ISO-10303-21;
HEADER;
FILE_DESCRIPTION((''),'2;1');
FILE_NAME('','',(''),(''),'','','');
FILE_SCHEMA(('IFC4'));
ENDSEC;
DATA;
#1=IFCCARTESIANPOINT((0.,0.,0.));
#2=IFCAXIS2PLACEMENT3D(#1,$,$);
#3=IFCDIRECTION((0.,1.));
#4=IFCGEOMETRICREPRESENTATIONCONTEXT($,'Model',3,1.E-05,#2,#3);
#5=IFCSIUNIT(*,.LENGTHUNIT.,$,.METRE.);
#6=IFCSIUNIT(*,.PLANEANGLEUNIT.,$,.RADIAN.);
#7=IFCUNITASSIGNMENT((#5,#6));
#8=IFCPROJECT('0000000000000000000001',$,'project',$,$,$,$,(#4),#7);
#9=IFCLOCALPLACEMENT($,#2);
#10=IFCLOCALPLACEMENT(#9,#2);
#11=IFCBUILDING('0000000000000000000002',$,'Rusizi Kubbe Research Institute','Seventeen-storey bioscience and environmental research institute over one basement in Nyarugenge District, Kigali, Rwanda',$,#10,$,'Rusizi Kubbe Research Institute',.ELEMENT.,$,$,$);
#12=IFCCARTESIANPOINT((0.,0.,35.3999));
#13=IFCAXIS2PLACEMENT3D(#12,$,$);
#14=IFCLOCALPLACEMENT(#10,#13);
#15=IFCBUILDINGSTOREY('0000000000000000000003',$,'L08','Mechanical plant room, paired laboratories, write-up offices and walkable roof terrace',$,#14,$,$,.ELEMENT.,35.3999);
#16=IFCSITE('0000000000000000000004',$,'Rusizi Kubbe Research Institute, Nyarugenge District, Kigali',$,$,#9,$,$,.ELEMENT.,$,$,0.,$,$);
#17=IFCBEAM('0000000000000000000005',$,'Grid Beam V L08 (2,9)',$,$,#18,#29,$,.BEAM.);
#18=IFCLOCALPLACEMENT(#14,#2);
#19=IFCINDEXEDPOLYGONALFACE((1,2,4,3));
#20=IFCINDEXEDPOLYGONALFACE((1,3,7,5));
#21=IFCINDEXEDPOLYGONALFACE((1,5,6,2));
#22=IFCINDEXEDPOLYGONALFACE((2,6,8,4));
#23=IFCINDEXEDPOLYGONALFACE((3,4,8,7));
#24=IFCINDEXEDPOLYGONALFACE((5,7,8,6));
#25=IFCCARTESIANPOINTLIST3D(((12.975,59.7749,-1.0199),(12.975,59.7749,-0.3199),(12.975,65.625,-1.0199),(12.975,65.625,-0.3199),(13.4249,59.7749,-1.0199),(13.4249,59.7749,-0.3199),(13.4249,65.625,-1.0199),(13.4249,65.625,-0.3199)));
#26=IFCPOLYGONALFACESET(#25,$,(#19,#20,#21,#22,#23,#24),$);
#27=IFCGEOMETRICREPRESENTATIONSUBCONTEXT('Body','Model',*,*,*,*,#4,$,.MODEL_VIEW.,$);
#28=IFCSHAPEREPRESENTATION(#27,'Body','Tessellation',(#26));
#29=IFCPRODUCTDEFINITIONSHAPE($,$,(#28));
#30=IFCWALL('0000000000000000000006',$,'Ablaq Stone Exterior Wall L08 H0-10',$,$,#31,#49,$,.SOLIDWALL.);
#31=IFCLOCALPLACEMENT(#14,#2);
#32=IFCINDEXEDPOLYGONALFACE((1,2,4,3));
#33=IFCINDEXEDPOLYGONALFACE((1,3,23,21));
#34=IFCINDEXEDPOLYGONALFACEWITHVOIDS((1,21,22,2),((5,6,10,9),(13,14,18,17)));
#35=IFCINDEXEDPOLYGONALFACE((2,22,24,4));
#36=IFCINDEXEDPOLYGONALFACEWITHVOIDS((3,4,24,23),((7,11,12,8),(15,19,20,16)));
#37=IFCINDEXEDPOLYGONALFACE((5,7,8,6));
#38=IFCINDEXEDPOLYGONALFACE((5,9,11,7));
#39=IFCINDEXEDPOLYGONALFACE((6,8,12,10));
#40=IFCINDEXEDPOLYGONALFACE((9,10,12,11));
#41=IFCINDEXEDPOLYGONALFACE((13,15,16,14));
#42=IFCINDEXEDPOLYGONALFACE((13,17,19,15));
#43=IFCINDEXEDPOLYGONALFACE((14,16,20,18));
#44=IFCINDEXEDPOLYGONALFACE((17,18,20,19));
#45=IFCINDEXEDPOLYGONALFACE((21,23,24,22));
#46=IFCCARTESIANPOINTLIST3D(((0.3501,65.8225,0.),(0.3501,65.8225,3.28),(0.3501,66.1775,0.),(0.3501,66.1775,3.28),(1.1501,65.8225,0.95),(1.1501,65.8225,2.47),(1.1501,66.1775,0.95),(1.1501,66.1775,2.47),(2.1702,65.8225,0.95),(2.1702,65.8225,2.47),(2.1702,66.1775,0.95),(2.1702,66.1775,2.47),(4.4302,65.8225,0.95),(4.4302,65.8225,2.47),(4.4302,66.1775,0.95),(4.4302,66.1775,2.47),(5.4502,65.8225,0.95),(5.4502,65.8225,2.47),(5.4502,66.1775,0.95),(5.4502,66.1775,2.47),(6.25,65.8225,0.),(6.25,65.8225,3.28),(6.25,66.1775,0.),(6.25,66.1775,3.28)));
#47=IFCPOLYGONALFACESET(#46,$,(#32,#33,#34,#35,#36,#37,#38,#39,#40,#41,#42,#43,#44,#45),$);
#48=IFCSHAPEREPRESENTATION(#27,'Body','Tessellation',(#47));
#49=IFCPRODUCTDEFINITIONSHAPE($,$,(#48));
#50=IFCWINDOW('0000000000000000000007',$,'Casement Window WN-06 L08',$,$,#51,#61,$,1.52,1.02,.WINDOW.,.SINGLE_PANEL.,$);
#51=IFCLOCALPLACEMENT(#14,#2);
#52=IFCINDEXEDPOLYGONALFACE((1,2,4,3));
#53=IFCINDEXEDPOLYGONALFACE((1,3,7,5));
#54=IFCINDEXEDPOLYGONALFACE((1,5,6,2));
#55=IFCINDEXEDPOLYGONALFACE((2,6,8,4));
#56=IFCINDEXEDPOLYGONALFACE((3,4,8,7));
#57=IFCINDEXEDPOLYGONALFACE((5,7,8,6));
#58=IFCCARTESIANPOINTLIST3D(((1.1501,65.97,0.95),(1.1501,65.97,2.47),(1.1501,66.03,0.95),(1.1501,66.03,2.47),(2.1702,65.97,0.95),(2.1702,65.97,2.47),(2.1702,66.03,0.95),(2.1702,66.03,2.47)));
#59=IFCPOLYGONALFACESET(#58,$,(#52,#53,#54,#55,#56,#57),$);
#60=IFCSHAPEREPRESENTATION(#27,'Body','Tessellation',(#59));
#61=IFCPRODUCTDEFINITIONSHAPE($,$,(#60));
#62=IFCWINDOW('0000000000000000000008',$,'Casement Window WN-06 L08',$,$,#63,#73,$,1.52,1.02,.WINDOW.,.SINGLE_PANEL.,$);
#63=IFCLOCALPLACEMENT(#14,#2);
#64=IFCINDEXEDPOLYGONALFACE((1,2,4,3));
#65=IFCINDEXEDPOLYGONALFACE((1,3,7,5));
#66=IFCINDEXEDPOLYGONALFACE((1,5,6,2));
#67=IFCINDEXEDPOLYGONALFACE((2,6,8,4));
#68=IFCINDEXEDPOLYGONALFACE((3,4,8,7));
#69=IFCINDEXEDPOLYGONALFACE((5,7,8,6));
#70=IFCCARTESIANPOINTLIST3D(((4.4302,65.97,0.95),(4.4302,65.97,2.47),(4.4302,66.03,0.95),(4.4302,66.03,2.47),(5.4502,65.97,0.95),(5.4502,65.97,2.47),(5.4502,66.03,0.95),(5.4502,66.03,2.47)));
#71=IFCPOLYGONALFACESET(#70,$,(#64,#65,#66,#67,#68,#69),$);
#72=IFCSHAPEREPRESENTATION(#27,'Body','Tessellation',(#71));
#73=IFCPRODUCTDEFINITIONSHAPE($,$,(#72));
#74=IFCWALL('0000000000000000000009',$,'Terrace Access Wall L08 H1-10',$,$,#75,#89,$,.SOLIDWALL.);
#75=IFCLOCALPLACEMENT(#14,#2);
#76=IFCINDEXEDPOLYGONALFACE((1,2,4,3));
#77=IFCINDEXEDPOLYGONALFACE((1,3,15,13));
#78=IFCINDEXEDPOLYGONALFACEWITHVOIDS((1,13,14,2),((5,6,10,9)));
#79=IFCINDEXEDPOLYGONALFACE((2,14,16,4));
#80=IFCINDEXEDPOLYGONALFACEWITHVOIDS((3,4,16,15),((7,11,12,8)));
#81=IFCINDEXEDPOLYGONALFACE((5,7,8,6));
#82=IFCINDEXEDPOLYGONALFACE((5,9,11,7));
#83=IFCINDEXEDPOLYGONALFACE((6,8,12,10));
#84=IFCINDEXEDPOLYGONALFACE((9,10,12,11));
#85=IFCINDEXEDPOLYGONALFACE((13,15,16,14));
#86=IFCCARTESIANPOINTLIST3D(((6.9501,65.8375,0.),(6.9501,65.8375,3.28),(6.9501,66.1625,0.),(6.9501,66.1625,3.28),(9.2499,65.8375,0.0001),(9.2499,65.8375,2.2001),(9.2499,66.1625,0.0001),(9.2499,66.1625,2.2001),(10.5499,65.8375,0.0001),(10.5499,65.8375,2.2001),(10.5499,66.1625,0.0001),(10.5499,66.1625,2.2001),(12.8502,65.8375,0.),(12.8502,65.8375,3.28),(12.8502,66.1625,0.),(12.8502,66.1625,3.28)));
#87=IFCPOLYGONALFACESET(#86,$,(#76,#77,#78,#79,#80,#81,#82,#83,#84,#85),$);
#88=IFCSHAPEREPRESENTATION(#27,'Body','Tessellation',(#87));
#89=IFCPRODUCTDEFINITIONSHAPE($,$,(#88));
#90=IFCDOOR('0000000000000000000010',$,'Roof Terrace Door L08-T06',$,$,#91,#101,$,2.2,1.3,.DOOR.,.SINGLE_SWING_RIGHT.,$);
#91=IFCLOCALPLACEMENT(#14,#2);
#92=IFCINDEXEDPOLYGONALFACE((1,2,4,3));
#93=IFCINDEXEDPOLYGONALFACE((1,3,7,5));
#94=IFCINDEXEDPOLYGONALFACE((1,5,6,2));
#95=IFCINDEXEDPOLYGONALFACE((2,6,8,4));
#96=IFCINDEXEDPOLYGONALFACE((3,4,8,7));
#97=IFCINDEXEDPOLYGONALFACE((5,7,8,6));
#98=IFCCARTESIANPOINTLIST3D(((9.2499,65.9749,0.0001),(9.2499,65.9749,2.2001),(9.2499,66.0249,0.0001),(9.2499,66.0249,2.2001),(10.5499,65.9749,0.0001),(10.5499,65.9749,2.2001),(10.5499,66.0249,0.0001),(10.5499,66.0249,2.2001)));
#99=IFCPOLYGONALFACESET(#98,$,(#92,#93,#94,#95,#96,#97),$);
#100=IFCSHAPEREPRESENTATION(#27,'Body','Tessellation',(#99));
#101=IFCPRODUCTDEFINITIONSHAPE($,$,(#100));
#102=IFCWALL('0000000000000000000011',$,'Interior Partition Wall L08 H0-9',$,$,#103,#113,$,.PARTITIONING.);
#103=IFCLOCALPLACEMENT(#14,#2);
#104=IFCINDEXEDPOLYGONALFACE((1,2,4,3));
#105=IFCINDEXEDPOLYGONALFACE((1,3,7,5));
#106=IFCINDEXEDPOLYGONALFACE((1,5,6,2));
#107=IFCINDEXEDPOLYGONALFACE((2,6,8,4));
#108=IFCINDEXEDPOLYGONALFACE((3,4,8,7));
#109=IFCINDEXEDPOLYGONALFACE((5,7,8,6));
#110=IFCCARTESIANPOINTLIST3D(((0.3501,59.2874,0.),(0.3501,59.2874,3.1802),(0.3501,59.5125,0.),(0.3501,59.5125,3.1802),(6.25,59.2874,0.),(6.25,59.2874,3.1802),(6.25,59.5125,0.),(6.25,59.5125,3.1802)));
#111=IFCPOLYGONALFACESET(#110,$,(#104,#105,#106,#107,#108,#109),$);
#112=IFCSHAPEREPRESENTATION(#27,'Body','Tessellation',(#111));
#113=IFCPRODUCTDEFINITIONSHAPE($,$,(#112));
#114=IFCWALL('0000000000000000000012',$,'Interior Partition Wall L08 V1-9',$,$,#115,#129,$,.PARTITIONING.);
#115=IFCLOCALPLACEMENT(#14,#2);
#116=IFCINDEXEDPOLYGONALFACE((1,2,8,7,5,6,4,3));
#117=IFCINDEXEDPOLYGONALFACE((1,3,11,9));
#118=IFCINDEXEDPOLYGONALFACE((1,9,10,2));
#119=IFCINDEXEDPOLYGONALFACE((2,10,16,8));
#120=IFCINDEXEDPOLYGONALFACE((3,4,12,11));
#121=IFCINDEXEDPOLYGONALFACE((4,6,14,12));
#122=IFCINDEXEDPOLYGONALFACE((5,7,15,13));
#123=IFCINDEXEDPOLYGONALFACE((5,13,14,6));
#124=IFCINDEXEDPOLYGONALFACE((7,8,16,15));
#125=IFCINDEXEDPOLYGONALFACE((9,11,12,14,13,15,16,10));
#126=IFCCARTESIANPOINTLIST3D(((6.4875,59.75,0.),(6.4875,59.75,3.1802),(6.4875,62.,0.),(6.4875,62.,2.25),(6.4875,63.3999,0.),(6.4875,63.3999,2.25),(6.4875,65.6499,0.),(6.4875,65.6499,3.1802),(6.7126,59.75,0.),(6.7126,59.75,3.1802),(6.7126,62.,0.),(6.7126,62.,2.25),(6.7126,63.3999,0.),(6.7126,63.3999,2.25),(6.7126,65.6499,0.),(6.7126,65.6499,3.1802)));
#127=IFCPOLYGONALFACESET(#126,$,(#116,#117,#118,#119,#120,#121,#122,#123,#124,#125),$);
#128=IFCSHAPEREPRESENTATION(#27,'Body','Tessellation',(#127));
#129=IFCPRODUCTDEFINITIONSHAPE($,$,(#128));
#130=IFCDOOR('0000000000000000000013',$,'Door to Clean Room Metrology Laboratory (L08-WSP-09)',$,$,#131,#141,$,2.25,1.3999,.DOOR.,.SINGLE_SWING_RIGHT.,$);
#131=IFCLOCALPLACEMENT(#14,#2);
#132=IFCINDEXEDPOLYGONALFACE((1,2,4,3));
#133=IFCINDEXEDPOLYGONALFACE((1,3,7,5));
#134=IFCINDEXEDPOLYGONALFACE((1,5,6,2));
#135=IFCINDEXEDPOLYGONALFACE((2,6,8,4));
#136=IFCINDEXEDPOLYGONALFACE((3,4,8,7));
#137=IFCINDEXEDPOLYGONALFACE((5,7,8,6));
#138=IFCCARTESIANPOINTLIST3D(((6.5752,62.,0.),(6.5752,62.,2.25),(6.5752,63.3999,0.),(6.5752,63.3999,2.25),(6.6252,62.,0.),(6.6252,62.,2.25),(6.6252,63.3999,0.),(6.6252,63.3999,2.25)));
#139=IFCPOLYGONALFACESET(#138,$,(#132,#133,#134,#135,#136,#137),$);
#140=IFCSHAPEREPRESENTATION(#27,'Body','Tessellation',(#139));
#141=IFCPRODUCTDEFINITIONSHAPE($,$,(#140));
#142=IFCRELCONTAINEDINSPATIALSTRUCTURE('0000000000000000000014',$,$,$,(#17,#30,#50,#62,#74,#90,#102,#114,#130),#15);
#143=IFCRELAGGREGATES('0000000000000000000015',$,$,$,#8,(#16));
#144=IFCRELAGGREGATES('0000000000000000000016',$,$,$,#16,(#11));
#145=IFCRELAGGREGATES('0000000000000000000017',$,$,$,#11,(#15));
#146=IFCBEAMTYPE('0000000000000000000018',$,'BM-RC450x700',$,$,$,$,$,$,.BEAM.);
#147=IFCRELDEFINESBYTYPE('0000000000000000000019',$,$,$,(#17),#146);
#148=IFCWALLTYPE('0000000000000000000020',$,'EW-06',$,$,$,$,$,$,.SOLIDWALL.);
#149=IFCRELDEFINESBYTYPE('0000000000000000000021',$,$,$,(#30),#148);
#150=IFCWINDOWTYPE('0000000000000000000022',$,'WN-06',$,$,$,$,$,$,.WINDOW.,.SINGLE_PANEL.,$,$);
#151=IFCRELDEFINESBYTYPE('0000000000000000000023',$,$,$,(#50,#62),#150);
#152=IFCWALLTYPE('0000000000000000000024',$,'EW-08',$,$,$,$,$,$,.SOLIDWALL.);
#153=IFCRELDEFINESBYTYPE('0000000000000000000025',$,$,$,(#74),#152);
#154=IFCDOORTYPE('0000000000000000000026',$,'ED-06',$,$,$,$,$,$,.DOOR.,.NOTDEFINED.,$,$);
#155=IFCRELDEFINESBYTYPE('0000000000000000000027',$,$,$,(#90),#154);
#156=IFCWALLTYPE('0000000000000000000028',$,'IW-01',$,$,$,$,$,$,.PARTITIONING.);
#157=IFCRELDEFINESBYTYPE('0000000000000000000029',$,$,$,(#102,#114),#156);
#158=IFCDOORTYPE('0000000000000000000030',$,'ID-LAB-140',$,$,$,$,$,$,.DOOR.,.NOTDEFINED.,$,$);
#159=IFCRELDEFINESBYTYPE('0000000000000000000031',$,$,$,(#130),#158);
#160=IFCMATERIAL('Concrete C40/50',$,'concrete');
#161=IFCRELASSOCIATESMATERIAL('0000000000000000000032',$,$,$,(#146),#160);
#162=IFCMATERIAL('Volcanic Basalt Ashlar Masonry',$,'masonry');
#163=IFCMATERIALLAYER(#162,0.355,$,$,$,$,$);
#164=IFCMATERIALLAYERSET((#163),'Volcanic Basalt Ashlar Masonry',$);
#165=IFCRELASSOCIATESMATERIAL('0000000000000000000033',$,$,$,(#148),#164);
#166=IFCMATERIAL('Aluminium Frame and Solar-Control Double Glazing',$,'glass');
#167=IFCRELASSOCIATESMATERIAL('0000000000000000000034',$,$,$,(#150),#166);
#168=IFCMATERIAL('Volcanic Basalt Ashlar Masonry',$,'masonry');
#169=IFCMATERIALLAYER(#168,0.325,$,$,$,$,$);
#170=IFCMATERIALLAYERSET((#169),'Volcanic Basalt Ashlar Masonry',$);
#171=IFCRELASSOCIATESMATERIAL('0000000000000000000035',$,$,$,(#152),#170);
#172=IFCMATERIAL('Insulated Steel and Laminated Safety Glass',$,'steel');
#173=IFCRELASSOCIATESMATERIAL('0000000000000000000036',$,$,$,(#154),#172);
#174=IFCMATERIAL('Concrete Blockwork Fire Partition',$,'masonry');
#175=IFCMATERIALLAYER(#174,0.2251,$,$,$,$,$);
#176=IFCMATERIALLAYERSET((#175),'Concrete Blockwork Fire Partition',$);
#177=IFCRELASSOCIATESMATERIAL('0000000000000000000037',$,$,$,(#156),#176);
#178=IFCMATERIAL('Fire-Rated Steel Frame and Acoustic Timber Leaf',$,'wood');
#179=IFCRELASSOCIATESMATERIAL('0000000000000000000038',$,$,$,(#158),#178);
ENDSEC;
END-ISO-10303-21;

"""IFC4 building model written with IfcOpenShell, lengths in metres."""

from ifc_helpers import new_model, si_unit, direction, frame, frame_2d, origin, origin_2d, place, context, subcontext, project, spatial, rectangle, extrude, material, layer, layer_set, material_profile, profile_set, type_object, element, fill, save


model = new_model("IFC4")

# Units and contexts
model_context = context("Model", 3, precision=1e-05, world=origin(), true_north=direction((0.0, 1.0)))
body_context = subcontext(model_context, "Body", "Model", "MODEL_VIEW")
ifc_project = project(units=[si_unit("LENGTHUNIT", "METRE"), si_unit("PLANEANGLEUNIT", "RADIAN")], contexts=[model_context])

# Site, building, storey
site_placement = place(None, origin())
site = spatial("IfcSite", under=ifc_project, at=site_placement, Name="Rusizi Kubbe Research Institute, Nyarugenge District, Kigali", CompositionType="ELEMENT", RefElevation=0.0)
building_placement = place(site_placement, origin())
building = spatial("IfcBuilding", under=site, at=building_placement, Name="Rusizi Kubbe Research Institute", Description="Seventeen-storey bioscience and environmental research institute over one basement in Nyarugenge District, Kigali, Rwanda", LongName="Rusizi Kubbe Research Institute", CompositionType="ELEMENT")
storey_placement = place(building_placement, frame((0.0, 0.0, 35.3999)))
storey = spatial("IfcBuildingStorey", under=building, at=storey_placement, Name="L08", Description="Mechanical plant room, paired laboratories, write-up offices and walkable roof terrace", CompositionType="ELEMENT", Elevation=35.3999)

# Beam
ifc_material_1 = material(Name="Concrete C40/50", Category="concrete")
ifc_material_profile_1 = material_profile(ifc_material_1, rectangle(XDim=0.45, YDim=0.7, at=origin_2d()), Name="RC450x700B")
ifc_profile_set_1 = profile_set([ifc_material_profile_1], Name="Concrete C40/50")
beam_type_1 = type_object("IfcBeamType", Name="BM-RC450x700", PredefinedType="BEAM", material=ifc_profile_set_1)
beam_1_placement = place(storey_placement, frame((13.2, 59.7749, -0.6699), z_axis=(0.0, 1.0, 0.0), x_axis=(-1.0, 0.0, 0.0)))
element("IfcBeam", 1, at=beam_1_placement, inside=storey, type_object=beam_type_1, Name="Grid Beam V L08 (2,9)", PredefinedType="BEAM", context=body_context, shape_type="SweptSolid", body=[
    extrude(rectangle(XDim=0.45, YDim=0.7, at=origin_2d()), origin(), (0.0, 0.0, 1.0), 5.8501),
])

# Wall, openings, windows
ifc_material_2 = material(Name="Volcanic Basalt Ashlar Masonry", Category="masonry")
ifc_layer_1 = layer(ifc_material_2, 0.355)
ifc_layer_set_1 = layer_set([ifc_layer_1], Name="Volcanic Basalt Ashlar Masonry")
wall_type_1 = type_object("IfcWallType", Name="EW-06", PredefinedType="SOLIDWALL", material=ifc_layer_set_1)
wall_1_placement = place(storey_placement, frame((0.3501, 66.0, 0.0), z_axis=(0.0, 0.0, 1.0), x_axis=(1.0, 0.0, 0.0)))
wall_1 = element("IfcWall", 2, at=wall_1_placement, inside=storey, type_object=wall_type_1, Name="Ablaq Stone Exterior Wall L08 H0-10", PredefinedType="SOLIDWALL", context=body_context, shape_type="SweptSolid", body=[
    extrude(rectangle(XDim=5.8999, YDim=0.355, at=frame_2d((2.95, 0.0))), origin(), (0.0, 0.0, 1.0), 3.28),
])
opening_1_placement = place(wall_1_placement, frame((0.8, 0.0, 0.95)))
opening_1 = element("IfcOpeningElement", 3, at=opening_1_placement, cuts=wall_1, PredefinedType="OPENING", context=body_context, shape_type="SweptSolid", body=[
    extrude(rectangle(XDim=1.02, YDim=1.52, at=frame_2d((0.51, 0.76))), frame((0.0, 0.1875, 0.0), z_axis=(0.0, -1.0, 0.0), x_axis=(1.0, 0.0, 0.0)), (0.0, 0.0, 1.0), 0.375),
])
opening_2_placement = place(wall_1_placement, frame((4.0801, 0.0, 0.95)))
opening_2 = element("IfcOpeningElement", 4, at=opening_2_placement, cuts=wall_1, PredefinedType="OPENING", context=body_context, shape_type="SweptSolid", body=[
    extrude(rectangle(XDim=1.02, YDim=1.52, at=frame_2d((0.51, 0.76))), frame((0.0, 0.1875, 0.0), z_axis=(0.0, -1.0, 0.0), x_axis=(1.0, 0.0, 0.0)), (0.0, 0.0, 1.0), 0.375),
])
ifc_material_3 = material(Name="Aluminium Frame and Solar-Control Double Glazing", Category="glass")
window_type = type_object("IfcWindowType", Name="WN-06", PartitioningType="SINGLE_PANEL", PredefinedType="WINDOW", material=ifc_material_3)
window_1_placement = place(opening_1_placement, origin())
window_1 = element("IfcWindow", 5, at=window_1_placement, inside=storey, type_object=window_type, Name="Casement Window WN-06 L08", OverallHeight=1.52, OverallWidth=1.02, PartitioningType="SINGLE_PANEL", PredefinedType="WINDOW", context=body_context, shape_type="SweptSolid", body=[
    extrude(rectangle(XDim=1.02, YDim=1.52, at=frame_2d((0.51, 0.76))), frame((0.0, 0.03, 0.0), z_axis=(0.0, -1.0, 0.0), x_axis=(1.0, 0.0, 0.0)), (0.0, 0.0, 1.0), 0.0601),
])
fill(opening_1, window_1)
window_2_placement = place(opening_2_placement, origin())
window_2 = element("IfcWindow", 6, at=window_2_placement, inside=storey, type_object=window_type, Name="Casement Window WN-06 L08", OverallHeight=1.52, OverallWidth=1.02, PartitioningType="SINGLE_PANEL", PredefinedType="WINDOW", context=body_context, shape_type="SweptSolid", body=[
    extrude(rectangle(XDim=1.02, YDim=1.52, at=frame_2d((0.51, 0.76))), frame((0.0, 0.03, 0.0), z_axis=(0.0, -1.0, 0.0), x_axis=(1.0, 0.0, 0.0)), (0.0, 0.0, 1.0), 0.0601),
])
fill(opening_2, window_2)

# Wall, opening, door
ifc_material_4 = material(Name="Volcanic Basalt Ashlar Masonry", Category="masonry")
ifc_layer_2 = layer(ifc_material_4, 0.325)
ifc_layer_set_2 = layer_set([ifc_layer_2], Name="Volcanic Basalt Ashlar Masonry")
wall_type_2 = type_object("IfcWallType", Name="EW-08", PredefinedType="SOLIDWALL", material=ifc_layer_set_2)
wall_2_placement = place(storey_placement, frame((6.95, 66.0, 0.0), z_axis=(0.0, 0.0, 1.0), x_axis=(1.0, 0.0, 0.0)))
wall_2 = element("IfcWall", 7, at=wall_2_placement, inside=storey, type_object=wall_type_2, Name="Terrace Access Wall L08 H1-10", PredefinedType="SOLIDWALL", context=body_context, shape_type="SweptSolid", body=[
    extrude(rectangle(XDim=5.9001, YDim=0.325, at=frame_2d((2.9502, 0.0))), origin(), (0.0, 0.0, 1.0), 3.28),
])
opening_3_placement = place(wall_2_placement, frame((2.3, 0.0, 0.0)))
opening_3 = element("IfcOpeningElement", 8, at=opening_3_placement, cuts=wall_2, PredefinedType="OPENING", context=body_context, shape_type="SweptSolid", body=[
    extrude(rectangle(XDim=1.3, YDim=2.2, at=frame_2d((0.6499, 1.1001))), frame((0.0, 0.1724, 0.0), z_axis=(0.0, -1.0, 0.0), x_axis=(1.0, 0.0, 0.0)), (0.0, 0.0, 1.0), 0.345),
])
ifc_material_5 = material(Name="Insulated Steel and Laminated Safety Glass", Category="steel")
door_type_1 = type_object("IfcDoorType", Name="ED-06", OperationType="NOTDEFINED", PredefinedType="DOOR", material=ifc_material_5)
door_1_placement = place(opening_3_placement, origin())
door_1 = element("IfcDoor", 9, at=door_1_placement, inside=storey, type_object=door_type_1, Name="Roof Terrace Door L08-T06", OperationType="SINGLE_SWING_RIGHT", OverallHeight=2.2, OverallWidth=1.3, PredefinedType="DOOR", context=body_context, shape_type="SweptSolid", body=[
    extrude(rectangle(XDim=1.3, YDim=2.2, at=frame_2d((0.6499, 1.1001))), frame((0.0, 0.0249, 0.0), z_axis=(0.0, -1.0, 0.0), x_axis=(1.0, 0.0, 0.0)), (0.0, 0.0, 1.0), 0.05),
])
fill(opening_3, door_1)

# Wall
ifc_material_6 = material(Name="Concrete Blockwork Fire Partition", Category="masonry")
ifc_layer_3 = layer(ifc_material_6, 0.2251)
ifc_layer_set_3 = layer_set([ifc_layer_3], Name="Concrete Blockwork Fire Partition")
wall_type_3 = type_object("IfcWallType", Name="IW-01", PredefinedType="PARTITIONING", material=ifc_layer_set_3)
wall_3_placement = place(storey_placement, frame((0.3501, 59.3999, 0.0), z_axis=(0.0, 0.0, 1.0), x_axis=(1.0, 0.0, 0.0)))
element("IfcWall", 10, at=wall_3_placement, inside=storey, type_object=wall_type_3, Name="Interior Partition Wall L08 H0-9", PredefinedType="PARTITIONING", context=body_context, shape_type="SweptSolid", body=[
    extrude(rectangle(XDim=5.8999, YDim=0.2251, at=frame_2d((2.95, 0.0))), origin(), (0.0, 0.0, 1.0), 3.1802),
])

# Wall, opening, door
wall_4_placement = place(storey_placement, frame((6.6001, 59.75, 0.0), z_axis=(0.0, 0.0, 1.0), x_axis=(0.0, 1.0, 0.0)))
wall_4 = element("IfcWall", 11, at=wall_4_placement, inside=storey, type_object=wall_type_3, Name="Interior Partition Wall L08 V1-9", PredefinedType="PARTITIONING", context=body_context, shape_type="SweptSolid", body=[
    extrude(rectangle(XDim=5.8999, YDim=0.2251, at=frame_2d((2.95, 0.0))), origin(), (0.0, 0.0, 1.0), 3.1802),
])
opening_4_placement = place(wall_4_placement, frame((2.25, 0.0, 0.0)))
opening_4 = element("IfcOpeningElement", 12, at=opening_4_placement, cuts=wall_4, PredefinedType="OPENING", context=body_context, shape_type="SweptSolid", body=[
    extrude(rectangle(XDim=1.3999, YDim=2.25, at=frame_2d((0.7, 1.125))), frame((0.0, 0.1226, 0.0), z_axis=(0.0, -1.0, 0.0), x_axis=(1.0, 0.0, 0.0)), (0.0, 0.0, 1.0), 0.2451),
])
ifc_material_7 = material(Name="Fire-Rated Steel Frame and Acoustic Timber Leaf", Category="wood")
door_type_2 = type_object("IfcDoorType", Name="ID-LAB-140", OperationType="NOTDEFINED", PredefinedType="DOOR", material=ifc_material_7)
door_2_placement = place(opening_4_placement, origin())
door_2 = element("IfcDoor", 13, at=door_2_placement, inside=storey, type_object=door_type_2, Name="Door to Clean Room Metrology Laboratory (L08-WSP-09)", OperationType="SINGLE_SWING_RIGHT", OverallHeight=2.25, OverallWidth=1.3999, PredefinedType="DOOR", context=body_context, shape_type="SweptSolid", body=[
    extrude(rectangle(XDim=1.3999, YDim=2.25, at=frame_2d((0.7, 1.125))), frame((0.0, 0.0249, 0.0), z_axis=(0.0, -1.0, 0.0), x_axis=(1.0, 0.0, 0.0)), (0.0, 0.0, 1.0), 0.05),
])
fill(opening_4, door_2)

save(model, "model.ifc")
